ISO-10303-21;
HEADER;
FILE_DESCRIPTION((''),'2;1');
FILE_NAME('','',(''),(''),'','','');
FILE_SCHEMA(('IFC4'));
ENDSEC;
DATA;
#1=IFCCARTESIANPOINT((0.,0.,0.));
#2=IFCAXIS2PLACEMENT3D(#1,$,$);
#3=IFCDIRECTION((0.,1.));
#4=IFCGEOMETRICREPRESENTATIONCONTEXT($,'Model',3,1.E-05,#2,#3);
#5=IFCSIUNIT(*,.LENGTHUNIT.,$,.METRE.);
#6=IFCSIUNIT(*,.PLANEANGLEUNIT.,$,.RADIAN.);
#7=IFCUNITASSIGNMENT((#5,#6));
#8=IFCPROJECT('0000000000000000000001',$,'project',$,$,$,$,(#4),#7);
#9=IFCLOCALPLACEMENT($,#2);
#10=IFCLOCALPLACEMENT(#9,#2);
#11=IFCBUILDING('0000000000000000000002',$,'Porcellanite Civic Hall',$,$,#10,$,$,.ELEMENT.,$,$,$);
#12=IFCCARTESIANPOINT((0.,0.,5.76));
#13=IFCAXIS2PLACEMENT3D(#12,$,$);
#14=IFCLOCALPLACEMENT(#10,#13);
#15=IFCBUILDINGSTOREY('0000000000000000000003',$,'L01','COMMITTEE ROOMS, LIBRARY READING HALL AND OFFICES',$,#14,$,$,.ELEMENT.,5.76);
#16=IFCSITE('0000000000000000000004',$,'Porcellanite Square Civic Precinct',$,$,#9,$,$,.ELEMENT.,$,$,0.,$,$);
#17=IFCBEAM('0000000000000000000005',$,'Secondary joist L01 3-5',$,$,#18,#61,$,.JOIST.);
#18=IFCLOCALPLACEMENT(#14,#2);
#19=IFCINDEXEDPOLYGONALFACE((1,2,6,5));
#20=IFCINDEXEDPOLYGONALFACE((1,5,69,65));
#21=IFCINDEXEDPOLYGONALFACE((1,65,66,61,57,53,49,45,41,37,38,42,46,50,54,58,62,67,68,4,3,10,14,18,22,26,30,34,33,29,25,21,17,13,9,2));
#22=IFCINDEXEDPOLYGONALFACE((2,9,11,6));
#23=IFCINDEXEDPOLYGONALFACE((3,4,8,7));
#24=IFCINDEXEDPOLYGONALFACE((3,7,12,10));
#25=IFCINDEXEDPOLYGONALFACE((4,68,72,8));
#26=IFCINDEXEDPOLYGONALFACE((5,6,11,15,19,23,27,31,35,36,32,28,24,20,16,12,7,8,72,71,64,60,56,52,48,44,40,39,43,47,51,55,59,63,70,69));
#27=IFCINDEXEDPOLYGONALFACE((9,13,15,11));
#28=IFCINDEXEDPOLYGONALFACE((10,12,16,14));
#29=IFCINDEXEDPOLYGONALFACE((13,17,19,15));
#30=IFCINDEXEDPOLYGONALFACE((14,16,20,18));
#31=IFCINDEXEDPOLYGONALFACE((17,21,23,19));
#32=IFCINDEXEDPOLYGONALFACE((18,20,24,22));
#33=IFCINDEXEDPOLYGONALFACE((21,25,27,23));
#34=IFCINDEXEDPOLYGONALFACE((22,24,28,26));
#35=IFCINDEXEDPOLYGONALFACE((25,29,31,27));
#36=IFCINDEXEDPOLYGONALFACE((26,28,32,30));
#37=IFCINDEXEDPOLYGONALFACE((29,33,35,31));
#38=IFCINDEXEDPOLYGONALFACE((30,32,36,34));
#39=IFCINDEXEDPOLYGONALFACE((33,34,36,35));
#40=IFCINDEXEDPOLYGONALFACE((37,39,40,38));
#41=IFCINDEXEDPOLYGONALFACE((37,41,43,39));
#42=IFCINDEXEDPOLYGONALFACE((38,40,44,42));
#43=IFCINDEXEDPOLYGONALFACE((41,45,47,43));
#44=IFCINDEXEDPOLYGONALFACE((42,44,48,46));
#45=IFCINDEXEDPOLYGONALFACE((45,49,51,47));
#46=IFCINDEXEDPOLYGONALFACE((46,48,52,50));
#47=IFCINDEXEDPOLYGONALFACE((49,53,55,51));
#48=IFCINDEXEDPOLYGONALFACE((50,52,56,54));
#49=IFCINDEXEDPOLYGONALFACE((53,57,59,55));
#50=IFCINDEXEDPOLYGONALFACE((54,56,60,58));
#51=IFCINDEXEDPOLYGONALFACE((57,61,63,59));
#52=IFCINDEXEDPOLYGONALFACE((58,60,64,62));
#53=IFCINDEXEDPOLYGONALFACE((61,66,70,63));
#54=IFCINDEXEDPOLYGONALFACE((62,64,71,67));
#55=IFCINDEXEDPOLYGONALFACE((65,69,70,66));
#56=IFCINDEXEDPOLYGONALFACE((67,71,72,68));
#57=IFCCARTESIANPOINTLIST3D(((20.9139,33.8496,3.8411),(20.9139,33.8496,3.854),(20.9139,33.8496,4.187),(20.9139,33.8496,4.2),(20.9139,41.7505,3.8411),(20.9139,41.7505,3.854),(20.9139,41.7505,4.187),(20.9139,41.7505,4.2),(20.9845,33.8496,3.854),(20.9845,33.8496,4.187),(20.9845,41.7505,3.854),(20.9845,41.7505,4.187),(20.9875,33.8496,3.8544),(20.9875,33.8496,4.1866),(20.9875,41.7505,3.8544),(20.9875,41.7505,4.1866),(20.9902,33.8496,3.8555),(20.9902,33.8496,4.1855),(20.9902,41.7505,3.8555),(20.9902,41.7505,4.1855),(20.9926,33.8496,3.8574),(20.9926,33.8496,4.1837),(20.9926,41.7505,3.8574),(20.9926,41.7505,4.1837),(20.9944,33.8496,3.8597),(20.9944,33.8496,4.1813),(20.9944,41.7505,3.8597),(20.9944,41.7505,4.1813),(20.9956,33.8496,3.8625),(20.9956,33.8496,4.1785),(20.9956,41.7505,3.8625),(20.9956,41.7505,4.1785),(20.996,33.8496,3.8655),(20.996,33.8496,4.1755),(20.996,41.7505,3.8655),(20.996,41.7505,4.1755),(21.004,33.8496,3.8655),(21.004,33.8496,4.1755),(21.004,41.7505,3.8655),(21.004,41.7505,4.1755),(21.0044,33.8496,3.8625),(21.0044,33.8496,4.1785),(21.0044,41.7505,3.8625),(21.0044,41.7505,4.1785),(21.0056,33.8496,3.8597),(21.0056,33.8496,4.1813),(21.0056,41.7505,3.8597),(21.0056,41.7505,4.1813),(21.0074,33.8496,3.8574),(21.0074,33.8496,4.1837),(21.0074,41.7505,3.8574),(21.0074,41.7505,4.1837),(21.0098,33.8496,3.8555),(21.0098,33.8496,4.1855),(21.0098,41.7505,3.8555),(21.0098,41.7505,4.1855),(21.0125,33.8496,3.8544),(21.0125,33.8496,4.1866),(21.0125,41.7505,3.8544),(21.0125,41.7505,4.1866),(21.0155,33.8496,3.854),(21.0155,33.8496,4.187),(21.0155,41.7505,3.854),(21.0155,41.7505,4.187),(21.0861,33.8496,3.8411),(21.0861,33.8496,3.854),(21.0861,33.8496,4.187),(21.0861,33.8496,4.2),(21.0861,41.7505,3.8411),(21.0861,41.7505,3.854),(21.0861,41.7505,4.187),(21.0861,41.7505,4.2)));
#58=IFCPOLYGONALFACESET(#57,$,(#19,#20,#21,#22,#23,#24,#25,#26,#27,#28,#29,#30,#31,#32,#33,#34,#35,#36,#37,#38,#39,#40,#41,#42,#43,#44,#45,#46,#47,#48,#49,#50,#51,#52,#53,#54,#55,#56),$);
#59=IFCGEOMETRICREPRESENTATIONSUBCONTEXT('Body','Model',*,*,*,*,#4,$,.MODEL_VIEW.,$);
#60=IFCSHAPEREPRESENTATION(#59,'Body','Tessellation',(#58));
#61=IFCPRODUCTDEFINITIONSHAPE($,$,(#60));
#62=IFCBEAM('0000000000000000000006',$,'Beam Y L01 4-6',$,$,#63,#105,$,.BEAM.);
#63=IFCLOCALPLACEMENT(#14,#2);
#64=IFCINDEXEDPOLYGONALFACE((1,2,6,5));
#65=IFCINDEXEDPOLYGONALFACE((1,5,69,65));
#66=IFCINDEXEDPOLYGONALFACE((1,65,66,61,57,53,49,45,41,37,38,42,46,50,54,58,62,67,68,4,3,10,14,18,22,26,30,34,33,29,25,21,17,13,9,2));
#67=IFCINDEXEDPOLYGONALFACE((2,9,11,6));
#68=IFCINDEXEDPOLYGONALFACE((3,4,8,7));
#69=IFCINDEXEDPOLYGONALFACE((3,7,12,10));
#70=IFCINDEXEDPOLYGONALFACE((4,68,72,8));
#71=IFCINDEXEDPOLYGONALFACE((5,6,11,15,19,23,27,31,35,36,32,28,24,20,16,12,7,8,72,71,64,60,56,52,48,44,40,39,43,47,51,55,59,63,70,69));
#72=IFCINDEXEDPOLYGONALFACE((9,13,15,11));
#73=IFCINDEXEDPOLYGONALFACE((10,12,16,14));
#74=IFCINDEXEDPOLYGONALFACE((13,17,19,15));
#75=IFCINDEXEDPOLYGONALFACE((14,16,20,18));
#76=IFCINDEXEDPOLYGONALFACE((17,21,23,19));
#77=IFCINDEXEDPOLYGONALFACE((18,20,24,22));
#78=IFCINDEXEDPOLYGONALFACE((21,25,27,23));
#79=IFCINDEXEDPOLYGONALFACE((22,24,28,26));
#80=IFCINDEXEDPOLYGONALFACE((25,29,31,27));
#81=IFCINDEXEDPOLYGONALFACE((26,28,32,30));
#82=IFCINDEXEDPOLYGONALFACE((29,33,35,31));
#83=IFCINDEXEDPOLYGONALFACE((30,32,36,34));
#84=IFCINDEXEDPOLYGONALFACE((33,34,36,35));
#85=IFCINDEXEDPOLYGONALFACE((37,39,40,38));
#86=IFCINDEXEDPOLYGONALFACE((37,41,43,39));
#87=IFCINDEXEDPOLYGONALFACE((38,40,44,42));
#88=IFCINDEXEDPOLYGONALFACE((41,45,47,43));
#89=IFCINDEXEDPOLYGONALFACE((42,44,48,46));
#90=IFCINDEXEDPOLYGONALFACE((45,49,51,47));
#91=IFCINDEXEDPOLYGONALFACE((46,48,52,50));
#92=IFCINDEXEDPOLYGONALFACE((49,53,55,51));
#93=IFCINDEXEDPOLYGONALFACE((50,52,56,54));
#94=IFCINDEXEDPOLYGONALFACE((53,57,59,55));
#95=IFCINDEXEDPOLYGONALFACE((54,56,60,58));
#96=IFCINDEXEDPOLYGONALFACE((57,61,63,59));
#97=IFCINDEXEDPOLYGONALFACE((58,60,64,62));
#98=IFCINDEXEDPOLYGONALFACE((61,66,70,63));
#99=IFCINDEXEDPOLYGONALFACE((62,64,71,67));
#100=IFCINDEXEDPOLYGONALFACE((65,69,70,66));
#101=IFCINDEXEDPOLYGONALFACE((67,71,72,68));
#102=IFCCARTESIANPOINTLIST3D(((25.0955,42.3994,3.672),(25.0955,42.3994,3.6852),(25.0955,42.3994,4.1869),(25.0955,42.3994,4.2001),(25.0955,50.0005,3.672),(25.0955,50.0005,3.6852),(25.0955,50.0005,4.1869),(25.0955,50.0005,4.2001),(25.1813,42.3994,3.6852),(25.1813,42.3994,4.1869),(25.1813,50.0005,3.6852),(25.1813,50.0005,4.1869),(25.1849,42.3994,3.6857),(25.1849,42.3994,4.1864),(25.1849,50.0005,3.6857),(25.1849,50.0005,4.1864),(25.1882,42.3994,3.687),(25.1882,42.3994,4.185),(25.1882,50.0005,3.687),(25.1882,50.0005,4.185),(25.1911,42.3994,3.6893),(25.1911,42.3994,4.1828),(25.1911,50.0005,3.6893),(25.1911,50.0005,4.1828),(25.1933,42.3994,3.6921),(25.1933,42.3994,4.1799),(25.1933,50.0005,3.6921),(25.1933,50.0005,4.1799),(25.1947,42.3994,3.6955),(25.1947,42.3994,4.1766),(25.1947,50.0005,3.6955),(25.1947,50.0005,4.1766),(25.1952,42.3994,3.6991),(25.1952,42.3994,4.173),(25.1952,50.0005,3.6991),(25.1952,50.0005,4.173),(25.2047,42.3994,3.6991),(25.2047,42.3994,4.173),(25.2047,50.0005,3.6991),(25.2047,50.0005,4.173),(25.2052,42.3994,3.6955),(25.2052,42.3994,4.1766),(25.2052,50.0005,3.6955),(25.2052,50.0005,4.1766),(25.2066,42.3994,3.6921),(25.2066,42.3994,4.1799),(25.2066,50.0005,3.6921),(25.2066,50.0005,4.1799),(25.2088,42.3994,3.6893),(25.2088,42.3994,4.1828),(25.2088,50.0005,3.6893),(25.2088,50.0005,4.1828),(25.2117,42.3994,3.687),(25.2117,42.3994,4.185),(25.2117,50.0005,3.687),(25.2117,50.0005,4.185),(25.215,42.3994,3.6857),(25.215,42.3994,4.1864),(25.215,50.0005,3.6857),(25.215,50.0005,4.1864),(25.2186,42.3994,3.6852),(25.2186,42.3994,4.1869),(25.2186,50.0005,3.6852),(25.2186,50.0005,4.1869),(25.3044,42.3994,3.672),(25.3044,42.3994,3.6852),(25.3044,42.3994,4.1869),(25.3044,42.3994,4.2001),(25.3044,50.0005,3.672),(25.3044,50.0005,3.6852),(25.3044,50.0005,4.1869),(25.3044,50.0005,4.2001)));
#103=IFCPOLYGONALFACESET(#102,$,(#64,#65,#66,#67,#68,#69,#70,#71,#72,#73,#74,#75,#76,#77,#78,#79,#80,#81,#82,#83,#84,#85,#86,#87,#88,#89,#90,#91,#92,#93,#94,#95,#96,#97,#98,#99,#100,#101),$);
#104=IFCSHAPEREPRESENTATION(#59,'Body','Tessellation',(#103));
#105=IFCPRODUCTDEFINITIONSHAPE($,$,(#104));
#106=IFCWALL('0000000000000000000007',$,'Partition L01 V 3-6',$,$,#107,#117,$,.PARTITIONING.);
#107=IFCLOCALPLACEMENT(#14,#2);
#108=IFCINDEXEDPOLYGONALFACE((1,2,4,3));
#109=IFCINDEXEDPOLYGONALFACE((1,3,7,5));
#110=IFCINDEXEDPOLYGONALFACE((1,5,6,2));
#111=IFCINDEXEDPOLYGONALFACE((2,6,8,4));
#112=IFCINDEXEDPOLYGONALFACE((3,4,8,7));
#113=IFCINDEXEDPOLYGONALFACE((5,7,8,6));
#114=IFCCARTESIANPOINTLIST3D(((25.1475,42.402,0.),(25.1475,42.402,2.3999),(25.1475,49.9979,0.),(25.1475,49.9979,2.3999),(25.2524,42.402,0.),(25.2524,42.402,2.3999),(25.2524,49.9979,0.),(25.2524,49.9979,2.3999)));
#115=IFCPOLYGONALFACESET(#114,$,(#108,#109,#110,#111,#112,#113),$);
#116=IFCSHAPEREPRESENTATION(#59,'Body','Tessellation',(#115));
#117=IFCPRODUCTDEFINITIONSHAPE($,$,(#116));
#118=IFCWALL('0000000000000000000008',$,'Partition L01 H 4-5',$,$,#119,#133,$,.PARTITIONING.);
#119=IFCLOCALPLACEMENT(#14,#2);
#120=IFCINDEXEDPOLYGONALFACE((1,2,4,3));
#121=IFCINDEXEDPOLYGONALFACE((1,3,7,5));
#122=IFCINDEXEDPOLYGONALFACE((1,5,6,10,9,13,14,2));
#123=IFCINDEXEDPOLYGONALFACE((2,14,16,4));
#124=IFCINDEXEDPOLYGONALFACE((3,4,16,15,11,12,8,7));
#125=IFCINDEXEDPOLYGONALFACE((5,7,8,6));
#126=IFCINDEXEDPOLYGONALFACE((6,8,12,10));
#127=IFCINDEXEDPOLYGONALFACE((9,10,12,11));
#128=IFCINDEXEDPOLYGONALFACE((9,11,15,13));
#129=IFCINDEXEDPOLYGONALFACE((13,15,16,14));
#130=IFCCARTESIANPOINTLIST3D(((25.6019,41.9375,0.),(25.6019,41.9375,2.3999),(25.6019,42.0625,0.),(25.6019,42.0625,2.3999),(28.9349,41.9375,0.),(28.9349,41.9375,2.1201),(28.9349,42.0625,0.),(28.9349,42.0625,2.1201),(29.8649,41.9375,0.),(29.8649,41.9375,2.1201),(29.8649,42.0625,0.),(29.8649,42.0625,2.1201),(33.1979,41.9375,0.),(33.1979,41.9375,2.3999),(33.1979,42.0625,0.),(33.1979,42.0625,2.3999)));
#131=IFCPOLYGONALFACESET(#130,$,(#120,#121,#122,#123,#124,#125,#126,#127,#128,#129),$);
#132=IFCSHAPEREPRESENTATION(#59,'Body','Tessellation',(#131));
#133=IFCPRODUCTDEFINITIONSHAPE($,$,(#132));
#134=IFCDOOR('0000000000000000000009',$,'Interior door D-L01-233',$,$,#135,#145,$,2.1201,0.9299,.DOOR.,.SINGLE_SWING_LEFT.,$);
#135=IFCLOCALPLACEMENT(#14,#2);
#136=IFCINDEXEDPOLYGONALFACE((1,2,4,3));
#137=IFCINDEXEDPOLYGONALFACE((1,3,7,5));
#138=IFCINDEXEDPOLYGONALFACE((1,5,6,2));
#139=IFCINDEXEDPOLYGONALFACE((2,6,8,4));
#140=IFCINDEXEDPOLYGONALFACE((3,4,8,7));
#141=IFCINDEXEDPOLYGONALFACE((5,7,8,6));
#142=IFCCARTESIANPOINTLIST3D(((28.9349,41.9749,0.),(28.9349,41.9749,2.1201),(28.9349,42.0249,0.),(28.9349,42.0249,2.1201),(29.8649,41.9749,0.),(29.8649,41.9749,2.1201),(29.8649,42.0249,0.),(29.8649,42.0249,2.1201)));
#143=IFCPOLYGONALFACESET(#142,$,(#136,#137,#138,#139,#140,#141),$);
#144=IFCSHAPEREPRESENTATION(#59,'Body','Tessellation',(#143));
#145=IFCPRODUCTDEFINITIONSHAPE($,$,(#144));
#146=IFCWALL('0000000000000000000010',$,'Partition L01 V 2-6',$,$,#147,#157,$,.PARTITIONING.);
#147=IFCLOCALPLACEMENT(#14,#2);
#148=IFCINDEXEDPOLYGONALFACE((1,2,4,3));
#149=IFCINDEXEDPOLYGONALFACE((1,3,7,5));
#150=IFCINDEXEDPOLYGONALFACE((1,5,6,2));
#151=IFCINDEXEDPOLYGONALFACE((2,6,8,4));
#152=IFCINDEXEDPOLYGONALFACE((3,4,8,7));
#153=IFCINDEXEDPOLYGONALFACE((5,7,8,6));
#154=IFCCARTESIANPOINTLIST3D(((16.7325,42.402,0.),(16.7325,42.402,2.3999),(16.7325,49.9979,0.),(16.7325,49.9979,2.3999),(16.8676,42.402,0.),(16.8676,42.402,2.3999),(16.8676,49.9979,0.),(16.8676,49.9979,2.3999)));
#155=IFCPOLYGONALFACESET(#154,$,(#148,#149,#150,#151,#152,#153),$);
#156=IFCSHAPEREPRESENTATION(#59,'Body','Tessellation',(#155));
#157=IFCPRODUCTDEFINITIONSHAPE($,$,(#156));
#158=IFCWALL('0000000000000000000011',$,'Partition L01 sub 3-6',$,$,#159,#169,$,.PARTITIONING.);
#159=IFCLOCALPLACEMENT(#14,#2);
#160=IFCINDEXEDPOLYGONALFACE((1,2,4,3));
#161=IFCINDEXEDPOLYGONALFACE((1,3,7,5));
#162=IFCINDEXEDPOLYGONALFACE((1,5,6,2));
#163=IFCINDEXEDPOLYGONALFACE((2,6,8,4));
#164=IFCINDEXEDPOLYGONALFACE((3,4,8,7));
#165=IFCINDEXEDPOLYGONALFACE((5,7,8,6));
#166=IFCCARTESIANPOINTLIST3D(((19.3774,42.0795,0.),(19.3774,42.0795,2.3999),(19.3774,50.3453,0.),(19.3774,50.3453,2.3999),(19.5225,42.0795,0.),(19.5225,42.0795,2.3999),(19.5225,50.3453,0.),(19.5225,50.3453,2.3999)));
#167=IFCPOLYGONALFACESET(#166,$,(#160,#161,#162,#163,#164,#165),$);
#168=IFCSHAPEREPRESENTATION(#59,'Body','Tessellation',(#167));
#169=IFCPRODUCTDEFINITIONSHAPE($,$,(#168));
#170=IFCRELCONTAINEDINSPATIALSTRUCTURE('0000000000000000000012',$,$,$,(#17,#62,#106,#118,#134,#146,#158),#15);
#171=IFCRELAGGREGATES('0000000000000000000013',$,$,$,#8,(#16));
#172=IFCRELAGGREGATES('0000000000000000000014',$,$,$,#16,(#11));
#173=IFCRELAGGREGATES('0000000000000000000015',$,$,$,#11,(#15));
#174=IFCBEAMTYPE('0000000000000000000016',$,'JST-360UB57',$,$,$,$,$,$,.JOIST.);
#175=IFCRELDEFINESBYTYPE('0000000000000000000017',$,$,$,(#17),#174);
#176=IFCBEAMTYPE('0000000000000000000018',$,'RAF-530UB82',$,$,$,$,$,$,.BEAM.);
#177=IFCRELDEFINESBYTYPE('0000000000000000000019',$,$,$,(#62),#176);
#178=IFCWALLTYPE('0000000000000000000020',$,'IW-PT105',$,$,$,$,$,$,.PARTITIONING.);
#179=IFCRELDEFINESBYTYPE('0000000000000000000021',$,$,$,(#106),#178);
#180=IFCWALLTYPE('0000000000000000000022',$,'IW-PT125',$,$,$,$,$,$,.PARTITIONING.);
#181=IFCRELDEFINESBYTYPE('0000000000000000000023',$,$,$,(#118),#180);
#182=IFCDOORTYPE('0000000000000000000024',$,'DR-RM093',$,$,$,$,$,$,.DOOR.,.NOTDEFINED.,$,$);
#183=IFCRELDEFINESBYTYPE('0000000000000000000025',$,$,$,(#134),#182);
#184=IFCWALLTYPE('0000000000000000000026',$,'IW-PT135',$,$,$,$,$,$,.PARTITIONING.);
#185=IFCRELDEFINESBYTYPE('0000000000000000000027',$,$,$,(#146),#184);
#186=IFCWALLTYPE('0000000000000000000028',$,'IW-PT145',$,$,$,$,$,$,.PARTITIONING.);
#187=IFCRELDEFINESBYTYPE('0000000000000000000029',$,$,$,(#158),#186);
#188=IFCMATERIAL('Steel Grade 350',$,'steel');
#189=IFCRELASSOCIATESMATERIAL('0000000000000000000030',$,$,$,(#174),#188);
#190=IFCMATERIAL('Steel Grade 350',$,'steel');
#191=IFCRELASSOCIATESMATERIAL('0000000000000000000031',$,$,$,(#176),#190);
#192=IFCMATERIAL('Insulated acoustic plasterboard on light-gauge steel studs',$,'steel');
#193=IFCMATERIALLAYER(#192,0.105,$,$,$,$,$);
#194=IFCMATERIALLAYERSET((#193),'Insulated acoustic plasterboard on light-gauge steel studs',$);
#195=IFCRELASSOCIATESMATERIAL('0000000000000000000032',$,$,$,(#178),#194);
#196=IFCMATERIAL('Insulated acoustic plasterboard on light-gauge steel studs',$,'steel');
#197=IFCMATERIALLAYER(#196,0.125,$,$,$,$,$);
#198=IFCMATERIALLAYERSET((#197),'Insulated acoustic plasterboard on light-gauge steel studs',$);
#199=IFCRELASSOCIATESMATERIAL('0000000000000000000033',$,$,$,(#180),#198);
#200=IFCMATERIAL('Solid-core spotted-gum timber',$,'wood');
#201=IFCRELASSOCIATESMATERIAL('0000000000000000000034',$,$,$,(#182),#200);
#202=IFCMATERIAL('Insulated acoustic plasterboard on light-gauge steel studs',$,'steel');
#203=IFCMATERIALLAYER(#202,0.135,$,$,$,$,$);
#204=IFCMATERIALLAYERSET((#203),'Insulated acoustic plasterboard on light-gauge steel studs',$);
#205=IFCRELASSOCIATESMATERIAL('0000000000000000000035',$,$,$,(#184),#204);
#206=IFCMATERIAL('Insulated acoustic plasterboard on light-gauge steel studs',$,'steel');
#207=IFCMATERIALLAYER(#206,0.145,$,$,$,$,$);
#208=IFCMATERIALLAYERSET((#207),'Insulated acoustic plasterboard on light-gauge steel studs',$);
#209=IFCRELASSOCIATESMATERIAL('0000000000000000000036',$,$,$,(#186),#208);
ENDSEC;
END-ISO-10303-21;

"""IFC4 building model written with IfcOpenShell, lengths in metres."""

from ifc_helpers import new_model, si_unit, direction, frame, frame_2d, origin, origin_2d, place, context, subcontext, project, spatial, rectangle, i_section, extrude, material, layer, layer_set, material_profile, profile_set, type_object, element, fill, save


model = new_model("IFC4")

# Units and contexts
model_context = context("Model", 3, precision=1e-05, world=origin(), true_north=direction((0.0, 1.0)))
body_context = subcontext(model_context, "Body", "Model", "MODEL_VIEW")
ifc_project = project(units=[si_unit("LENGTHUNIT", "METRE"), si_unit("PLANEANGLEUNIT", "RADIAN")], contexts=[model_context])

# Site, building, storey
site_placement = place(None, origin())
site = spatial("IfcSite", under=ifc_project, at=site_placement, Name="Porcellanite Square Civic Precinct", CompositionType="ELEMENT", RefElevation=0.0)
building_placement = place(site_placement, origin())
building = spatial("IfcBuilding", under=site, at=building_placement, Name="Porcellanite Civic Hall", CompositionType="ELEMENT")
storey_placement = place(building_placement, frame((0.0, 0.0, 5.76)))
storey = spatial("IfcBuildingStorey", under=building, at=storey_placement, Name="L01", Description="COMMITTEE ROOMS, LIBRARY READING HALL AND OFFICES", CompositionType="ELEMENT", Elevation=5.76)

# Beams
ifc_material_1 = material(Name="Steel Grade 350", Category="steel")
ifc_material_profile_1 = material_profile(ifc_material_1, i_section(OverallWidth=0.1721, OverallDepth=0.3589, WebThickness=0.0081, FlangeThickness=0.0129, FilletRadius=0.0115, at=origin_2d()), Name="360UB56.7")
ifc_profile_set_1 = profile_set([ifc_material_profile_1], Name="Steel Grade 350")
beam_type_1 = type_object("IfcBeamType", Name="JST-360UB57", PredefinedType="JOIST", material=ifc_profile_set_1)
beam_1_placement = place(storey_placement, frame((21.0, 33.8496, 4.0205), z_axis=(0.0, 1.0, 0.0), x_axis=(-1.0, 0.0, 0.0)))
element("IfcBeam", 1, at=beam_1_placement, inside=storey, type_object=beam_type_1, Name="Secondary joist L01 3-5", PredefinedType="JOIST", context=body_context, shape_type="SweptSolid", body=[
    extrude(i_section(OverallWidth=0.1721, OverallDepth=0.3589, WebThickness=0.0081, FlangeThickness=0.0129, FilletRadius=0.0115, at=origin_2d()), origin(), (0.0, 0.0, 1.0), 7.9009),
])
ifc_material_2 = material(Name="Steel Grade 350", Category="steel")
ifc_material_profile_2 = material_profile(ifc_material_2, i_section(OverallWidth=0.209, OverallDepth=0.5281, WebThickness=0.0095, FlangeThickness=0.0132, FilletRadius=0.0139, at=origin_2d()), Name="530UB82.0")
ifc_profile_set_2 = profile_set([ifc_material_profile_2], Name="Steel Grade 350")
beam_type_2 = type_object("IfcBeamType", Name="RAF-530UB82", PredefinedType="BEAM", material=ifc_profile_set_2)
beam_2_placement = place(storey_placement, frame((25.2, 42.3994, 3.936), z_axis=(0.0, 1.0, 0.0), x_axis=(-1.0, 0.0, 0.0)))
element("IfcBeam", 2, at=beam_2_placement, inside=storey, type_object=beam_type_2, Name="Beam Y L01 4-6", PredefinedType="BEAM", context=body_context, shape_type="SweptSolid", body=[
    extrude(i_section(OverallWidth=0.209, OverallDepth=0.5281, WebThickness=0.0095, FlangeThickness=0.0132, FilletRadius=0.0139, at=origin_2d()), origin(), (0.0, 0.0, 1.0), 7.6011),
])

# Wall
ifc_material_3 = material(Name="Insulated acoustic plasterboard on light-gauge steel studs", Category="steel")
ifc_layer_1 = layer(ifc_material_3, 0.105)
ifc_layer_set_1 = layer_set([ifc_layer_1], Name="Insulated acoustic plasterboard on light-gauge steel studs")
wall_type_1 = type_object("IfcWallType", Name="IW-PT105", PredefinedType="PARTITIONING", material=ifc_layer_set_1)
wall_1_placement = place(storey_placement, frame((25.2, 42.4021, 0.0), z_axis=(0.0, 0.0, 1.0), x_axis=(0.0, 1.0, 0.0)))
element("IfcWall", 3, at=wall_1_placement, inside=storey, type_object=wall_type_1, Name="Partition L01 V 3-6", PredefinedType="PARTITIONING", context=body_context, shape_type="SweptSolid", body=[
    extrude(rectangle(XDim=7.5959, YDim=0.105, at=frame_2d((3.7979, 0.0))), origin(), (0.0, 0.0, 1.0), 2.3999),
])

# Wall, opening, door
ifc_material_4 = material(Name="Insulated acoustic plasterboard on light-gauge steel studs", Category="steel")
ifc_layer_2 = layer(ifc_material_4, 0.125)
ifc_layer_set_2 = layer_set([ifc_layer_2], Name="Insulated acoustic plasterboard on light-gauge steel studs")
wall_type_2 = type_object("IfcWallType", Name="IW-PT125", PredefinedType="PARTITIONING", material=ifc_layer_set_2)
wall_2_placement = place(storey_placement, frame((25.6021, 42.0, 0.0), z_axis=(0.0, 0.0, 1.0), x_axis=(1.0, 0.0, 0.0)))
wall_2 = element("IfcWall", 4, at=wall_2_placement, inside=storey, type_object=wall_type_2, Name="Partition L01 H 4-5", PredefinedType="PARTITIONING", context=body_context, shape_type="SweptSolid", body=[
    extrude(rectangle(XDim=7.5959, YDim=0.125, at=frame_2d((3.7979, 0.0))), origin(), (0.0, 0.0, 1.0), 2.3999),
])
opening_1_placement = place(wall_2_placement, frame((3.333, 0.0, 0.0)))
opening_1 = element("IfcOpeningElement", 5, at=opening_1_placement, cuts=wall_2, PredefinedType="OPENING", context=body_context, shape_type="SweptSolid", body=[
    extrude(rectangle(XDim=0.9299, YDim=2.1201, at=frame_2d((0.4648, 1.0601))), frame((0.0, 0.0625, 0.0), z_axis=(0.0, -1.0, 0.0), x_axis=(1.0, 0.0, 0.0)), (0.0, 0.0, 1.0), 0.125),
])
ifc_material_5 = material(Name="Solid-core spotted-gum timber", Category="wood")
door_type_1 = type_object("IfcDoorType", Name="DR-RM093", OperationType="NOTDEFINED", PredefinedType="DOOR", material=ifc_material_5)
door_1_placement = place(opening_1_placement, origin())
door_1 = element("IfcDoor", 6, at=door_1_placement, inside=storey, type_object=door_type_1, Name="Interior door D-L01-233", OperationType="SINGLE_SWING_LEFT", OverallHeight=2.1201, OverallWidth=0.9299, PredefinedType="DOOR", context=body_context, shape_type="SweptSolid", body=[
    extrude(rectangle(XDim=0.9299, YDim=2.1201, at=frame_2d((0.4648, 1.0601))), frame((0.0, 0.0249, 0.0), z_axis=(0.0, -1.0, 0.0), x_axis=(1.0, 0.0, 0.0)), (0.0, 0.0, 1.0), 0.05),
])
fill(opening_1, door_1)

# Walls
ifc_material_6 = material(Name="Insulated acoustic plasterboard on light-gauge steel studs", Category="steel")
ifc_layer_3 = layer(ifc_material_6, 0.135)
ifc_layer_set_3 = layer_set([ifc_layer_3], Name="Insulated acoustic plasterboard on light-gauge steel studs")
wall_type_3 = type_object("IfcWallType", Name="IW-PT135", PredefinedType="PARTITIONING", material=ifc_layer_set_3)
wall_3_placement = place(storey_placement, frame((16.8, 42.4021, 0.0), z_axis=(0.0, 0.0, 1.0), x_axis=(0.0, 1.0, 0.0)))
element("IfcWall", 7, at=wall_3_placement, inside=storey, type_object=wall_type_3, Name="Partition L01 V 2-6", PredefinedType="PARTITIONING", context=body_context, shape_type="SweptSolid", body=[
    extrude(rectangle(XDim=7.5959, YDim=0.135, at=frame_2d((3.7979, 0.0))), origin(), (0.0, 0.0, 1.0), 2.3999),
])
ifc_material_7 = material(Name="Insulated acoustic plasterboard on light-gauge steel studs", Category="steel")
ifc_layer_4 = layer(ifc_material_7, 0.145)
ifc_layer_set_4 = layer_set([ifc_layer_4], Name="Insulated acoustic plasterboard on light-gauge steel studs")
wall_type_4 = type_object("IfcWallType", Name="IW-PT145", PredefinedType="PARTITIONING", material=ifc_layer_set_4)
wall_4_placement = place(storey_placement, frame((19.45, 42.0796, 0.0), z_axis=(0.0, 0.0, 1.0), x_axis=(0.0, 1.0, 0.0)))
element("IfcWall", 8, at=wall_4_placement, inside=storey, type_object=wall_type_4, Name="Partition L01 sub 3-6", PredefinedType="PARTITIONING", context=body_context, shape_type="SweptSolid", body=[
    extrude(rectangle(XDim=8.2659, YDim=0.145, at=frame_2d((4.1328, 0.0))), origin(), (0.0, 0.0, 1.0), 2.3999),
])

save(model, "model.ifc")
